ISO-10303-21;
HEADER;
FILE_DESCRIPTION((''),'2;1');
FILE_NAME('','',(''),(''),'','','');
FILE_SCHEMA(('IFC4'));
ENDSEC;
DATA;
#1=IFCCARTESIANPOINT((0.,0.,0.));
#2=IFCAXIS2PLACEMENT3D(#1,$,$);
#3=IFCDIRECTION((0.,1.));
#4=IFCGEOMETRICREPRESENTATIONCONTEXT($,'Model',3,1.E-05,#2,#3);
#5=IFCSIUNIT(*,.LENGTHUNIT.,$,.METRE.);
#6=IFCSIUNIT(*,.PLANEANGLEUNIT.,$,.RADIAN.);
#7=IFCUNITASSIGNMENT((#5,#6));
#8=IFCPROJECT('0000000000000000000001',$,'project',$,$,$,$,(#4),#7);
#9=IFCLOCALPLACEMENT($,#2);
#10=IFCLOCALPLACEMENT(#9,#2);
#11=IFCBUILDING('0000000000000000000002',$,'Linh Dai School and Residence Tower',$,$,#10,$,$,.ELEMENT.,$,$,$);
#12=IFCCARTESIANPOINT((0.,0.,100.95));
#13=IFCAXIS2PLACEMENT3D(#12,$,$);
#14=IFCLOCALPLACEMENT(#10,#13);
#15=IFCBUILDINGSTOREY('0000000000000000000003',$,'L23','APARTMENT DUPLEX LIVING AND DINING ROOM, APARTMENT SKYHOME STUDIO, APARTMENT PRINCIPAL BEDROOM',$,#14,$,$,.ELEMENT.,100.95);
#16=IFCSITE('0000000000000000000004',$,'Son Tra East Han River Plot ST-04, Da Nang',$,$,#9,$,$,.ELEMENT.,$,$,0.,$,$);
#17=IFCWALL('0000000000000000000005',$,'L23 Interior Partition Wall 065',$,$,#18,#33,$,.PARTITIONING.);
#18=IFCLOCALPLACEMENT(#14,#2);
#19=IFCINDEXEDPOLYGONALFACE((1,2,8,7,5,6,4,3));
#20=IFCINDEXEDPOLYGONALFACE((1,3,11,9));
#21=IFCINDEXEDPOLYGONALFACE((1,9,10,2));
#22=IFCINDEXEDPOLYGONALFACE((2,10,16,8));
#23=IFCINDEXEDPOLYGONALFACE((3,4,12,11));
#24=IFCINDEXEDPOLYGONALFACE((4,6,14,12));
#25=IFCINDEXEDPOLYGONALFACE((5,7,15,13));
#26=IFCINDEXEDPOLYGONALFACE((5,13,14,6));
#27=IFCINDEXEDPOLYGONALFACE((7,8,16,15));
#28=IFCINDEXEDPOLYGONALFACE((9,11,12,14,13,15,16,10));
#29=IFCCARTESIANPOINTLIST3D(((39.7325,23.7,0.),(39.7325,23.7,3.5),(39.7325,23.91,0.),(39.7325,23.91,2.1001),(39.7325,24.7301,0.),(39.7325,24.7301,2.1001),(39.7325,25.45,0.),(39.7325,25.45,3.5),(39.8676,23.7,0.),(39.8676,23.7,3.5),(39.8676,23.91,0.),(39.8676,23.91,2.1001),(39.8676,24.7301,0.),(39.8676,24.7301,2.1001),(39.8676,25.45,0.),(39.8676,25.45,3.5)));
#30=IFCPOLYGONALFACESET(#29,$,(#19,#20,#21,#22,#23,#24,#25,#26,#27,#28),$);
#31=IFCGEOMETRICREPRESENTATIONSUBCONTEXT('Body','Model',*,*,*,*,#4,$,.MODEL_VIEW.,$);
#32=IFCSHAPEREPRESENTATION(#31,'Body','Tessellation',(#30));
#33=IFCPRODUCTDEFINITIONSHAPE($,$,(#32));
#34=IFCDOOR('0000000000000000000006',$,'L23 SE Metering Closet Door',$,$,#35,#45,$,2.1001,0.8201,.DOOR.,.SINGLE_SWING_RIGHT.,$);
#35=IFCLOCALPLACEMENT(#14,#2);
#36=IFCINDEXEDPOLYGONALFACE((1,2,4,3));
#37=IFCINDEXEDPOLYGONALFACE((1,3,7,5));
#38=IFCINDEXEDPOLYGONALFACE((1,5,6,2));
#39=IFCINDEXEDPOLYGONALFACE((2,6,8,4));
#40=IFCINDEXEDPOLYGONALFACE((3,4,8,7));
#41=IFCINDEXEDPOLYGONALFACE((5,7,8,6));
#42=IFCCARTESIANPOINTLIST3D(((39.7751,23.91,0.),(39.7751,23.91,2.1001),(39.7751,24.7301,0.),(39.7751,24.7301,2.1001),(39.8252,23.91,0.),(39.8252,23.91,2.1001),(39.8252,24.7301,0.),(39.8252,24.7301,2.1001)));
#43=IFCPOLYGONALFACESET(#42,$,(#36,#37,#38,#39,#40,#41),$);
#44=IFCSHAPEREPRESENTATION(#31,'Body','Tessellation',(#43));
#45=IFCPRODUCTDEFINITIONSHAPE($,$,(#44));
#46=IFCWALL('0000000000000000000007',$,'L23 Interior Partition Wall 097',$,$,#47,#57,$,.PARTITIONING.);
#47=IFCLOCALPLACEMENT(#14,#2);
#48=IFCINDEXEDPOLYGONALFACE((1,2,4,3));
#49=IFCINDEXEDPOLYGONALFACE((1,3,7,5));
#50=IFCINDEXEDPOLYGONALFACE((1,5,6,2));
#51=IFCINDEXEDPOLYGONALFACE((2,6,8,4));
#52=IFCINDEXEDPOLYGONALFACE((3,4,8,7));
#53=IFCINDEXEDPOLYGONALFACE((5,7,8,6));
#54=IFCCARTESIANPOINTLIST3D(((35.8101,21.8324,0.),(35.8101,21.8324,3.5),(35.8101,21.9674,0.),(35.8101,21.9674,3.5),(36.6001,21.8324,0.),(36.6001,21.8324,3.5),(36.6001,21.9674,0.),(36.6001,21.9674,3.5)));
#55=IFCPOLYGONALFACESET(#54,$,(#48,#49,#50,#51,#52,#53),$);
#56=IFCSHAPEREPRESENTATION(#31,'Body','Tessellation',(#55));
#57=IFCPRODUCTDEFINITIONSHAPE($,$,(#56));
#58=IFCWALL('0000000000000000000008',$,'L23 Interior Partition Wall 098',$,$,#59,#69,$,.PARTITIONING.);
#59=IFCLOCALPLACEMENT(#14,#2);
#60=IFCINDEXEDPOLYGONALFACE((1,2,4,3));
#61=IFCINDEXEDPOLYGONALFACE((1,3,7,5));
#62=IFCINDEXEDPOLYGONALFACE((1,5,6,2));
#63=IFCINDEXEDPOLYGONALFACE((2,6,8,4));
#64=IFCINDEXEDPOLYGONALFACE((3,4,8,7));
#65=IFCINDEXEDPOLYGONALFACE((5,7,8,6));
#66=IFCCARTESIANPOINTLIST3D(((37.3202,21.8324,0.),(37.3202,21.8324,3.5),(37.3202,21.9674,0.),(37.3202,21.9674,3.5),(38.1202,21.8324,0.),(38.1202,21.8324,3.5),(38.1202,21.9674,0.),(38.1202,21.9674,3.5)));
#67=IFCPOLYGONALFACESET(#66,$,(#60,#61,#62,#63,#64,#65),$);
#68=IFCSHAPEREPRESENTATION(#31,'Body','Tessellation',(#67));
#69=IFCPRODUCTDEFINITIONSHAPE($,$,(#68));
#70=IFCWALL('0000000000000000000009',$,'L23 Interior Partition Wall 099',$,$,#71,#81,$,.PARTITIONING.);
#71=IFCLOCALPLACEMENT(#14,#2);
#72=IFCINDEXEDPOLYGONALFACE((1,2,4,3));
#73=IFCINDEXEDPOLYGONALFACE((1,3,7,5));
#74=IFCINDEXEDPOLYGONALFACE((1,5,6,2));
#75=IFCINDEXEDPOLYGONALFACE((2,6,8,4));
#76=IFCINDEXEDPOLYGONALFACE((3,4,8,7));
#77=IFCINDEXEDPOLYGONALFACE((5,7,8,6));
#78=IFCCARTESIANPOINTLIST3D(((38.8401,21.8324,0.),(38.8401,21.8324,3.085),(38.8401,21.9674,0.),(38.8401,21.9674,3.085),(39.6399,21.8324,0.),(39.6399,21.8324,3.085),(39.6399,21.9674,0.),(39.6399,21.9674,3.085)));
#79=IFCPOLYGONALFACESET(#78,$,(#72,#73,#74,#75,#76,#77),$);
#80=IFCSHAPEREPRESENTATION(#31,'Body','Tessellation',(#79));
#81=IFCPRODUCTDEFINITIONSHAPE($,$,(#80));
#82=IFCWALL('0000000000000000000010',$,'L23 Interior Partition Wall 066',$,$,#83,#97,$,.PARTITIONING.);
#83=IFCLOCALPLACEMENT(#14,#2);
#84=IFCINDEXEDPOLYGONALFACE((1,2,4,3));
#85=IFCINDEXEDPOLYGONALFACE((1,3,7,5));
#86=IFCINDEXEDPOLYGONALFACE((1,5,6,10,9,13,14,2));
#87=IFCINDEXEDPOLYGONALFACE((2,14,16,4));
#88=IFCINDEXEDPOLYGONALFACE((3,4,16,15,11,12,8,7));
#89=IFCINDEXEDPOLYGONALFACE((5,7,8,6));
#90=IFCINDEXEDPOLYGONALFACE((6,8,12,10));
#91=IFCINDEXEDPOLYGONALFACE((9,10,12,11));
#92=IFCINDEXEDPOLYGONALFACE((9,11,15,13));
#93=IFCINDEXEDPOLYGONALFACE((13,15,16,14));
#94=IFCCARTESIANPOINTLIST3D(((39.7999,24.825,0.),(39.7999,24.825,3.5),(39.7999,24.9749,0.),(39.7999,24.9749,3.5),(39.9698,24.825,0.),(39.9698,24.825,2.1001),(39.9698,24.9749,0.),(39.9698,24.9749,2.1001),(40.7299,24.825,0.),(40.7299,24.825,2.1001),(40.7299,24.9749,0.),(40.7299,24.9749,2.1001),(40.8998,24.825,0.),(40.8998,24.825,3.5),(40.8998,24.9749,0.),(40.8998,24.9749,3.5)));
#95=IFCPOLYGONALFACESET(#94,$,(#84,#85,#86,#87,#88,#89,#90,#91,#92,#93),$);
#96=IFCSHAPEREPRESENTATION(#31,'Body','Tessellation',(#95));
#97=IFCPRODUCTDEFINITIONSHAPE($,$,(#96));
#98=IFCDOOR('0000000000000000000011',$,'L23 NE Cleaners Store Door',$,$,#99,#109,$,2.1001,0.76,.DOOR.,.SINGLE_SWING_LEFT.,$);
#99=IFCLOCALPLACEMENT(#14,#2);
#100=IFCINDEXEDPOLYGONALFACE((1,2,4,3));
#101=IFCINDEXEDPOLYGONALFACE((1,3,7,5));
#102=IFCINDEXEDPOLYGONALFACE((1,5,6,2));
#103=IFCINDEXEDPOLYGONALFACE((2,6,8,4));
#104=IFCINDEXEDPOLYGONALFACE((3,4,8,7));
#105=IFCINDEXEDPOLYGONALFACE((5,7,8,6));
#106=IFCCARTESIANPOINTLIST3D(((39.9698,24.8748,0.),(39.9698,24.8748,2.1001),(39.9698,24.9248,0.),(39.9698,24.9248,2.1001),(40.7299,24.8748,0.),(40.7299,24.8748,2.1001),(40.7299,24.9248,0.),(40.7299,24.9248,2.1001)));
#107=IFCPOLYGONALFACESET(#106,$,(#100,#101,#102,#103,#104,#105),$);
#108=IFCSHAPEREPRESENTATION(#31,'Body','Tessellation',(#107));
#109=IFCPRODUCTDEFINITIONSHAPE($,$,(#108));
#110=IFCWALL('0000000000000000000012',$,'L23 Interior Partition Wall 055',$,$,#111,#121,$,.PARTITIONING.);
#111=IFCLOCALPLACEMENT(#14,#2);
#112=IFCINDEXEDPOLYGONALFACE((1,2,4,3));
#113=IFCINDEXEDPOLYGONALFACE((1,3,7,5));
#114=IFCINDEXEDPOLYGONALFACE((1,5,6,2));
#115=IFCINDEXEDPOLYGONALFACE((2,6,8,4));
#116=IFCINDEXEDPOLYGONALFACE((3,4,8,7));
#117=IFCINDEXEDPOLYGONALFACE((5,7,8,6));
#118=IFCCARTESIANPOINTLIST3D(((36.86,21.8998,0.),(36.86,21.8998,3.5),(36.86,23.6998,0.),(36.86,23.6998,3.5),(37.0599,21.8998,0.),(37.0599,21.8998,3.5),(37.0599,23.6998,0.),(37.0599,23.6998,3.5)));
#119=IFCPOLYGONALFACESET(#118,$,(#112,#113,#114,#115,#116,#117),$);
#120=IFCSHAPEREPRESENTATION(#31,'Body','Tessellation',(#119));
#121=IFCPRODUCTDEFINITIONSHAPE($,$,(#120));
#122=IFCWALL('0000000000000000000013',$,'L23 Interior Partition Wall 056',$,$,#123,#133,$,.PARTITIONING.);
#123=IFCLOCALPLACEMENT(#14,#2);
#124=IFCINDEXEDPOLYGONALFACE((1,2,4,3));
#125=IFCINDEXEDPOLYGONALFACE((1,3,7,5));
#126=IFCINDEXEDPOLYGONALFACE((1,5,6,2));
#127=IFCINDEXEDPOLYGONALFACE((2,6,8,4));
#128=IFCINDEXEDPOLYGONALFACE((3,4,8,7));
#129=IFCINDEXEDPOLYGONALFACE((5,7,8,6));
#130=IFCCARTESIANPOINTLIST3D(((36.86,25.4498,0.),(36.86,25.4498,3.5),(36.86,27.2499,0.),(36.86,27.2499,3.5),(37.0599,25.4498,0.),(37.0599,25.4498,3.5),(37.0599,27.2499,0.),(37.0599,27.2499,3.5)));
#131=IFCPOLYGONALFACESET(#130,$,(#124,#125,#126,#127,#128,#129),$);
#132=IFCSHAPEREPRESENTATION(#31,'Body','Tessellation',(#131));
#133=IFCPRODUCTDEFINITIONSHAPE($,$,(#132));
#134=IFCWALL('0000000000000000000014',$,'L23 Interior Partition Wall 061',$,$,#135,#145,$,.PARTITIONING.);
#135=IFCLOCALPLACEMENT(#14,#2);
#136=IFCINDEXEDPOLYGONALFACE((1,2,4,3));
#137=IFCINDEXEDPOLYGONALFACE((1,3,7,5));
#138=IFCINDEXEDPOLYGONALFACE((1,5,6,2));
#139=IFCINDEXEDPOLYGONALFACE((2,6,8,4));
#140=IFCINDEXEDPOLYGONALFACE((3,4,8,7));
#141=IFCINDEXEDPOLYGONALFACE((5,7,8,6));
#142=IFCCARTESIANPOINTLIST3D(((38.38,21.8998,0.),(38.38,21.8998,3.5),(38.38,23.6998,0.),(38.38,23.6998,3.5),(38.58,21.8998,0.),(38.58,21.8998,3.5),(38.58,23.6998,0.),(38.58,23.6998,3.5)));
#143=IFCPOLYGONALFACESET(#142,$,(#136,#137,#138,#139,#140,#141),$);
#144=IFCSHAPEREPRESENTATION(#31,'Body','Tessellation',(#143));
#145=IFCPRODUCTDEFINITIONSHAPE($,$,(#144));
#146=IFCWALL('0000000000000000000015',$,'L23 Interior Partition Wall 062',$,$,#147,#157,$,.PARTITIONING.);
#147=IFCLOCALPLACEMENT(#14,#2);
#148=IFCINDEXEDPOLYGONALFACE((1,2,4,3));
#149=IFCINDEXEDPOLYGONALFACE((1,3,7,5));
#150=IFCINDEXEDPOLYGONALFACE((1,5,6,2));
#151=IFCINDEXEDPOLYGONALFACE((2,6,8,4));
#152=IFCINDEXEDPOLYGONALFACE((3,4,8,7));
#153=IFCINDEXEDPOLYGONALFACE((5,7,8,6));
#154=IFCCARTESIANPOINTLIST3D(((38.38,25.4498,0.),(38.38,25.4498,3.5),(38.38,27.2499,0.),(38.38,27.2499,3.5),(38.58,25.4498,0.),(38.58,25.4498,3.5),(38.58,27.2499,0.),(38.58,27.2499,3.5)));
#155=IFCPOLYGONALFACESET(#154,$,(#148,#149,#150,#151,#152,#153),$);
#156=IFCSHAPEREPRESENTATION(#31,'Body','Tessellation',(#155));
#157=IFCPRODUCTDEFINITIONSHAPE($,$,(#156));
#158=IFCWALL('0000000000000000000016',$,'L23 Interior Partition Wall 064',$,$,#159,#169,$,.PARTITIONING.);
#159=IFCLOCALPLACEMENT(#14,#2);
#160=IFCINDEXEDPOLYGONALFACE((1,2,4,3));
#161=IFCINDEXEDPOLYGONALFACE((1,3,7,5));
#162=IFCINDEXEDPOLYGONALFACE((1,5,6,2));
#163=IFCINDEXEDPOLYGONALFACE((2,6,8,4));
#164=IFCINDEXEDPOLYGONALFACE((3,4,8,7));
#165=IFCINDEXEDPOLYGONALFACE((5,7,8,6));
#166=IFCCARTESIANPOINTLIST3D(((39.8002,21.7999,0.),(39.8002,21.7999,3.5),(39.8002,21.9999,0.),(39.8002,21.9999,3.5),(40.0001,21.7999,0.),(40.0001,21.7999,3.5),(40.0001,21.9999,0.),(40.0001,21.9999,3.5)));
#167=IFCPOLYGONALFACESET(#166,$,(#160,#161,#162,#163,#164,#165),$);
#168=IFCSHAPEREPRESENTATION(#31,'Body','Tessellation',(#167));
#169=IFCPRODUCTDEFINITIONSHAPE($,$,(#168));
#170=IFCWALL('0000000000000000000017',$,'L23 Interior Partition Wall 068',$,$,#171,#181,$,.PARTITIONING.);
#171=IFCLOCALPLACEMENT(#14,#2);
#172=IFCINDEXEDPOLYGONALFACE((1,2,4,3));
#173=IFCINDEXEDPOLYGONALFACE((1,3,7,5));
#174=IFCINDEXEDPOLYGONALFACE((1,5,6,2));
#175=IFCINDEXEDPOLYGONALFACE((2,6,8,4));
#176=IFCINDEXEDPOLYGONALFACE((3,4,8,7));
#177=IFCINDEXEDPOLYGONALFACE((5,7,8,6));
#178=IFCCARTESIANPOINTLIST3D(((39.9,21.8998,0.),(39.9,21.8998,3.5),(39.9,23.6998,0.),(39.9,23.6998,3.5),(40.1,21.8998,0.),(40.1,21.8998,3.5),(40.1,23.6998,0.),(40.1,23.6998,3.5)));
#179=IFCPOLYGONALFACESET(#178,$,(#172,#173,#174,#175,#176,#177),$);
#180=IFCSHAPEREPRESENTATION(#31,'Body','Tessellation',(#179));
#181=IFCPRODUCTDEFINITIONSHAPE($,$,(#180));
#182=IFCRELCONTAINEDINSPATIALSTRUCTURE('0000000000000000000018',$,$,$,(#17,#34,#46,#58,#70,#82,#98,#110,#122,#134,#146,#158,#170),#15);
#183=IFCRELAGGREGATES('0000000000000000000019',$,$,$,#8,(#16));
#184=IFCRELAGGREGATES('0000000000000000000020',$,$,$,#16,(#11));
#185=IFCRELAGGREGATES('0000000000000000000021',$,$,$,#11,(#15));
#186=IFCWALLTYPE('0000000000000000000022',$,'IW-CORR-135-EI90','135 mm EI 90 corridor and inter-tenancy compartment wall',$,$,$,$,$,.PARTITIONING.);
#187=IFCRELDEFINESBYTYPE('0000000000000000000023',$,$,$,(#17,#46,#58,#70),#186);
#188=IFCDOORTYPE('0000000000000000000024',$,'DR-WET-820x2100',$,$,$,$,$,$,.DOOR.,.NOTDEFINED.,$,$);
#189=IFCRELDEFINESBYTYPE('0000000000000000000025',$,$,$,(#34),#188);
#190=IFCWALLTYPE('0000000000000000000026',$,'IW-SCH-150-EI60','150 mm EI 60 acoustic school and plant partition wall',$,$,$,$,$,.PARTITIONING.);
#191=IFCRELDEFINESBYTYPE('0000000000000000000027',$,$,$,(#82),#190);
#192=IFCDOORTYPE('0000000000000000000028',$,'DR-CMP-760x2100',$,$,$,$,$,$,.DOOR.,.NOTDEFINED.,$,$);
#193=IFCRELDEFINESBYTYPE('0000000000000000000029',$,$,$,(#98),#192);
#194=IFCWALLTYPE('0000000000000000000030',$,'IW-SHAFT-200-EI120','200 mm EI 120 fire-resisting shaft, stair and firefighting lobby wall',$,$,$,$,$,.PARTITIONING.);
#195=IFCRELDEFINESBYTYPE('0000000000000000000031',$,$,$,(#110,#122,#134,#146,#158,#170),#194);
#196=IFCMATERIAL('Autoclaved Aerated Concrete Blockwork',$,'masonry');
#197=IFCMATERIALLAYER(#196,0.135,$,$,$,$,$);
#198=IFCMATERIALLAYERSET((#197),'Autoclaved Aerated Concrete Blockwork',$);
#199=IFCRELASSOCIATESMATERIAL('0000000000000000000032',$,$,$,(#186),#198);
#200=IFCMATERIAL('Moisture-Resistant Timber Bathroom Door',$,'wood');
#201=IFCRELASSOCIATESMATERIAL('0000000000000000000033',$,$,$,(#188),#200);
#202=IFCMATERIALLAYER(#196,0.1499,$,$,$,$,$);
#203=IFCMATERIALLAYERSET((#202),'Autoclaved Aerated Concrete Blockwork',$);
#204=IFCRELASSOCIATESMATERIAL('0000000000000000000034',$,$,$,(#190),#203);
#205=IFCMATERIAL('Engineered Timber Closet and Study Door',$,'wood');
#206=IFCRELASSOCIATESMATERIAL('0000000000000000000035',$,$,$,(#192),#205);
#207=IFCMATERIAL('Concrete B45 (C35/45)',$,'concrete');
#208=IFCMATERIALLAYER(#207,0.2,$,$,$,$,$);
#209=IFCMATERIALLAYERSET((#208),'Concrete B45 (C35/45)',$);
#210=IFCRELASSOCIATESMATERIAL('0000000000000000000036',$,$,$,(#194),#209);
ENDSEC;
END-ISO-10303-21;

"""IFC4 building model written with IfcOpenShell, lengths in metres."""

from ifc_helpers import new_model, si_unit, direction, frame, frame_2d, origin, origin_2d, place, context, subcontext, project, spatial, rectangle, extrude, source, transform, mapped, material, layer, layer_set, type_object, element, fill, save


model = new_model("IFC4")

# Units and contexts
model_context = context("Model", 3, precision=1e-05, world=origin(), true_north=direction((0.0, 1.0)))
body_context = subcontext(model_context, "Body", "Model", "MODEL_VIEW")
ifc_project = project(units=[si_unit("LENGTHUNIT", "METRE"), si_unit("PLANEANGLEUNIT", "RADIAN")], contexts=[model_context])

# Site, building, storey
site_placement = place(None, origin())
site = spatial("IfcSite", under=ifc_project, at=site_placement, Name="Son Tra East Han River Plot ST-04, Da Nang", CompositionType="ELEMENT", RefElevation=0.0)
building_placement = place(site_placement, origin())
building = spatial("IfcBuilding", under=site, at=building_placement, Name="Linh Dai School and Residence Tower", CompositionType="ELEMENT")
storey_placement = place(building_placement, frame((0.0, 0.0, 100.95)))
storey = spatial("IfcBuildingStorey", under=building, at=storey_placement, Name="L23", Description="APARTMENT DUPLEX LIVING AND DINING ROOM, APARTMENT SKYHOME STUDIO, APARTMENT PRINCIPAL BEDROOM", CompositionType="ELEMENT", Elevation=100.95)

# Wall, opening, door
ifc_material_1 = material(Name="Autoclaved Aerated Concrete Blockwork", Category="masonry")
ifc_layer_1 = layer(ifc_material_1, 0.135)
ifc_layer_set_1 = layer_set([ifc_layer_1], Name="Autoclaved Aerated Concrete Blockwork")
wall_type_1 = type_object("IfcWallType", Name="IW-CORR-135-EI90", Description="135 mm EI 90 corridor and inter-tenancy compartment wall", PredefinedType="PARTITIONING", material=ifc_layer_set_1)
wall_1_placement = place(storey_placement, frame((39.8, 23.7, 0.0), z_axis=(0.0, 0.0, 1.0), x_axis=(0.0, 1.0, 0.0)))
wall_1 = element("IfcWall", 1, at=wall_1_placement, inside=storey, type_object=wall_type_1, Name="L23 Interior Partition Wall 065", PredefinedType="PARTITIONING", context=body_context, shape_type="SweptSolid", body=[
    extrude(rectangle(XDim=1.75, YDim=0.135, at=frame_2d((0.875, 0.0))), origin(), (0.0, 0.0, 1.0), 3.5),
])
opening_1_placement = place(wall_1_placement, frame((0.21, 0.0, 0.0)))
opening_1 = element("IfcOpeningElement", 2, at=opening_1_placement, cuts=wall_1, PredefinedType="OPENING", context=body_context, shape_type="SweptSolid", body=[
    extrude(rectangle(XDim=0.8201, YDim=2.1001, at=origin_2d()), frame((0.4102, 0.0776, 1.05), z_axis=(0.0, -1.0, 0.0), x_axis=(1.0, 0.0, 0.0)), (0.0, 0.0, 1.0), 0.155),
])
ifc_material_2 = material(Name="Moisture-Resistant Timber Bathroom Door", Category="wood")
door_type_1 = type_object("IfcDoorType", Name="DR-WET-820x2100", OperationType="NOTDEFINED", PredefinedType="DOOR", material=ifc_material_2)
shared_shape_1 = source(origin(), body_context, "Body", "SweptSolid", [
    extrude(rectangle(XDim=0.8201, YDim=2.1001, at=origin_2d()), frame((0.4102, 0.0249, 1.05), z_axis=(0.0, -1.0, 0.0), x_axis=(1.0, 0.0, 0.0)), (0.0, 0.0, 1.0), 0.05),
])
door_1_placement = place(opening_1_placement, origin())
door_1 = element("IfcDoor", 3, at=door_1_placement, inside=storey, type_object=door_type_1, Name="L23 SE Metering Closet Door", OperationType="SINGLE_SWING_RIGHT", OverallHeight=2.1001, OverallWidth=0.8201, PredefinedType="DOOR", context=body_context, shape_type="MappedRepresentation", body=[
    mapped(shared_shape_1, transform((0.0, 0.0, 0.0), x_axis=(1.0, 0.0, 0.0), y_axis=(0.0, 1.0, 0.0), z_axis=(0.0, 0.0, 1.0), scale=1.0)),
])
fill(opening_1, door_1)

# Walls
wall_2_placement = place(storey_placement, frame((36.6001, 21.8999, 0.0), z_axis=(0.0, 0.0, 1.0), x_axis=(-1.0, 0.0, 0.0)))
element("IfcWall", 4, at=wall_2_placement, inside=storey, type_object=wall_type_1, Name="L23 Interior Partition Wall 097", PredefinedType="PARTITIONING", context=body_context, shape_type="SweptSolid", body=[
    extrude(rectangle(XDim=0.79, YDim=0.135, at=frame_2d((0.395, 0.0))), origin(), (0.0, 0.0, 1.0), 3.5),
])
wall_3_placement = place(storey_placement, frame((38.1201, 21.8999, 0.0), z_axis=(0.0, 0.0, 1.0), x_axis=(-1.0, 0.0, 0.0)))
element("IfcWall", 5, at=wall_3_placement, inside=storey, type_object=wall_type_1, Name="L23 Interior Partition Wall 098", PredefinedType="PARTITIONING", context=body_context, shape_type="SweptSolid", body=[
    extrude(rectangle(XDim=0.8, YDim=0.135, at=frame_2d((0.3999, 0.0))), origin(), (0.0, 0.0, 1.0), 3.5),
])
wall_4_placement = place(storey_placement, frame((39.6399, 21.8999, 0.0), z_axis=(0.0, 0.0, 1.0), x_axis=(-1.0, 0.0, 0.0)))
element("IfcWall", 6, at=wall_4_placement, inside=storey, type_object=wall_type_1, Name="L23 Interior Partition Wall 099", PredefinedType="PARTITIONING", context=body_context, shape_type="SweptSolid", body=[
    extrude(rectangle(XDim=0.7998, YDim=0.135, at=frame_2d((0.3999, 0.0))), origin(), (0.0, 0.0, 1.0), 3.085),
])

# Wall, opening, door
ifc_layer_2 = layer(ifc_material_1, 0.1499)
ifc_layer_set_2 = layer_set([ifc_layer_2], Name="Autoclaved Aerated Concrete Blockwork")
wall_type_2 = type_object("IfcWallType", Name="IW-SCH-150-EI60", Description="150 mm EI 60 acoustic school and plant partition wall", PredefinedType="PARTITIONING", material=ifc_layer_set_2)
wall_5_placement = place(storey_placement, frame((39.8, 24.8999, 0.0), z_axis=(0.0, 0.0, 1.0), x_axis=(1.0, 0.0, 0.0)))
wall_5 = element("IfcWall", 7, at=wall_5_placement, inside=storey, type_object=wall_type_2, Name="L23 Interior Partition Wall 066", PredefinedType="PARTITIONING", context=body_context, shape_type="SweptSolid", body=[
    extrude(rectangle(XDim=1.0999, YDim=0.1499, at=frame_2d((0.5498, 0.0))), origin(), (0.0, 0.0, 1.0), 3.5),
])
opening_2_placement = place(wall_5_placement, frame((0.1699, 0.0, 0.0)))
opening_2 = element("IfcOpeningElement", 8, at=opening_2_placement, cuts=wall_5, PredefinedType="OPENING", context=body_context, shape_type="SweptSolid", body=[
    extrude(rectangle(XDim=0.76, YDim=2.1001, at=origin_2d()), frame((0.3799, 0.085, 1.05), z_axis=(0.0, -1.0, 0.0), x_axis=(1.0, 0.0, 0.0)), (0.0, 0.0, 1.0), 0.1699),
])
ifc_material_3 = material(Name="Engineered Timber Closet and Study Door", Category="wood")
door_type_2 = type_object("IfcDoorType", Name="DR-CMP-760x2100", OperationType="NOTDEFINED", PredefinedType="DOOR", material=ifc_material_3)
shared_shape_2 = source(origin(), body_context, "Body", "SweptSolid", [
    extrude(rectangle(XDim=0.76, YDim=2.1001, at=origin_2d()), frame((0.3799, 0.0249, 1.05), z_axis=(0.0, -1.0, 0.0), x_axis=(1.0, 0.0, 0.0)), (0.0, 0.0, 1.0), 0.05),
])
door_2_placement = place(opening_2_placement, origin())
door_2 = element("IfcDoor", 9, at=door_2_placement, inside=storey, type_object=door_type_2, Name="L23 NE Cleaners Store Door", OperationType="SINGLE_SWING_LEFT", OverallHeight=2.1001, OverallWidth=0.76, PredefinedType="DOOR", context=body_context, shape_type="MappedRepresentation", body=[
    mapped(shared_shape_2, transform((0.0, 0.0, 0.0), x_axis=(1.0, 0.0, 0.0), y_axis=(0.0, 1.0, 0.0), z_axis=(0.0, 0.0, 1.0), scale=1.0)),
])
fill(opening_2, door_2)

# Walls
ifc_material_4 = material(Name="Concrete B45 (C35/45)", Category="concrete")
ifc_layer_3 = layer(ifc_material_4, 0.2)
ifc_layer_set_3 = layer_set([ifc_layer_3], Name="Concrete B45 (C35/45)")
wall_type_3 = type_object("IfcWallType", Name="IW-SHAFT-200-EI120", Description="200 mm EI 120 fire-resisting shaft, stair and firefighting lobby wall", PredefinedType="PARTITIONING", material=ifc_layer_set_3)
for number, where, z_axis, x_axis, name in (
    (10, (36.96, 21.8999, 0.0), (0.0, 0.0, 1.0), (0.0, 1.0, 0.0), "L23 Interior Partition Wall 055"),
    (11, (36.96, 25.45, 0.0), (0.0, 0.0, 1.0), (0.0, 1.0, 0.0), "L23 Interior Partition Wall 056"),
    (12, (38.48, 21.8999, 0.0), (0.0, 0.0, 1.0), (0.0, 1.0, 0.0), "L23 Interior Partition Wall 061"),
    (13, (38.48, 25.45, 0.0), (0.0, 0.0, 1.0), (0.0, 1.0, 0.0), "L23 Interior Partition Wall 062"),
):
    element("IfcWall", number, at=place(storey_placement, frame(where, z_axis=z_axis, x_axis=x_axis)), inside=storey, type_object=wall_type_3, Name=name, PredefinedType="PARTITIONING", context=body_context, shape_type="SweptSolid", body=[
        extrude(rectangle(XDim=1.8, YDim=0.2, at=frame_2d((0.8999, 0.0))), origin(), (0.0, 0.0, 1.0), 3.5),
    ])
wall_6_placement = place(storey_placement, frame((39.8, 21.8999, 0.0), z_axis=(0.0, 0.0, 1.0), x_axis=(1.0, 0.0, 0.0)))
element("IfcWall", 14, at=wall_6_placement, inside=storey, type_object=wall_type_3, Name="L23 Interior Partition Wall 064", PredefinedType="PARTITIONING", context=body_context, shape_type="SweptSolid", body=[
    extrude(rectangle(XDim=0.2, YDim=0.2, at=frame_2d((0.1001, 0.0))), origin(), (0.0, 0.0, 1.0), 3.5),
])
wall_7_placement = place(storey_placement, frame((40.0, 21.8999, 0.0), z_axis=(0.0, 0.0, 1.0), x_axis=(0.0, 1.0, 0.0)))
element("IfcWall", 15, at=wall_7_placement, inside=storey, type_object=wall_type_3, Name="L23 Interior Partition Wall 068", PredefinedType="PARTITIONING", context=body_context, shape_type="SweptSolid", body=[
    extrude(rectangle(XDim=1.8, YDim=0.2, at=frame_2d((0.8999, 0.0))), origin(), (0.0, 0.0, 1.0), 3.5),
])

save(model, "model.ifc")
